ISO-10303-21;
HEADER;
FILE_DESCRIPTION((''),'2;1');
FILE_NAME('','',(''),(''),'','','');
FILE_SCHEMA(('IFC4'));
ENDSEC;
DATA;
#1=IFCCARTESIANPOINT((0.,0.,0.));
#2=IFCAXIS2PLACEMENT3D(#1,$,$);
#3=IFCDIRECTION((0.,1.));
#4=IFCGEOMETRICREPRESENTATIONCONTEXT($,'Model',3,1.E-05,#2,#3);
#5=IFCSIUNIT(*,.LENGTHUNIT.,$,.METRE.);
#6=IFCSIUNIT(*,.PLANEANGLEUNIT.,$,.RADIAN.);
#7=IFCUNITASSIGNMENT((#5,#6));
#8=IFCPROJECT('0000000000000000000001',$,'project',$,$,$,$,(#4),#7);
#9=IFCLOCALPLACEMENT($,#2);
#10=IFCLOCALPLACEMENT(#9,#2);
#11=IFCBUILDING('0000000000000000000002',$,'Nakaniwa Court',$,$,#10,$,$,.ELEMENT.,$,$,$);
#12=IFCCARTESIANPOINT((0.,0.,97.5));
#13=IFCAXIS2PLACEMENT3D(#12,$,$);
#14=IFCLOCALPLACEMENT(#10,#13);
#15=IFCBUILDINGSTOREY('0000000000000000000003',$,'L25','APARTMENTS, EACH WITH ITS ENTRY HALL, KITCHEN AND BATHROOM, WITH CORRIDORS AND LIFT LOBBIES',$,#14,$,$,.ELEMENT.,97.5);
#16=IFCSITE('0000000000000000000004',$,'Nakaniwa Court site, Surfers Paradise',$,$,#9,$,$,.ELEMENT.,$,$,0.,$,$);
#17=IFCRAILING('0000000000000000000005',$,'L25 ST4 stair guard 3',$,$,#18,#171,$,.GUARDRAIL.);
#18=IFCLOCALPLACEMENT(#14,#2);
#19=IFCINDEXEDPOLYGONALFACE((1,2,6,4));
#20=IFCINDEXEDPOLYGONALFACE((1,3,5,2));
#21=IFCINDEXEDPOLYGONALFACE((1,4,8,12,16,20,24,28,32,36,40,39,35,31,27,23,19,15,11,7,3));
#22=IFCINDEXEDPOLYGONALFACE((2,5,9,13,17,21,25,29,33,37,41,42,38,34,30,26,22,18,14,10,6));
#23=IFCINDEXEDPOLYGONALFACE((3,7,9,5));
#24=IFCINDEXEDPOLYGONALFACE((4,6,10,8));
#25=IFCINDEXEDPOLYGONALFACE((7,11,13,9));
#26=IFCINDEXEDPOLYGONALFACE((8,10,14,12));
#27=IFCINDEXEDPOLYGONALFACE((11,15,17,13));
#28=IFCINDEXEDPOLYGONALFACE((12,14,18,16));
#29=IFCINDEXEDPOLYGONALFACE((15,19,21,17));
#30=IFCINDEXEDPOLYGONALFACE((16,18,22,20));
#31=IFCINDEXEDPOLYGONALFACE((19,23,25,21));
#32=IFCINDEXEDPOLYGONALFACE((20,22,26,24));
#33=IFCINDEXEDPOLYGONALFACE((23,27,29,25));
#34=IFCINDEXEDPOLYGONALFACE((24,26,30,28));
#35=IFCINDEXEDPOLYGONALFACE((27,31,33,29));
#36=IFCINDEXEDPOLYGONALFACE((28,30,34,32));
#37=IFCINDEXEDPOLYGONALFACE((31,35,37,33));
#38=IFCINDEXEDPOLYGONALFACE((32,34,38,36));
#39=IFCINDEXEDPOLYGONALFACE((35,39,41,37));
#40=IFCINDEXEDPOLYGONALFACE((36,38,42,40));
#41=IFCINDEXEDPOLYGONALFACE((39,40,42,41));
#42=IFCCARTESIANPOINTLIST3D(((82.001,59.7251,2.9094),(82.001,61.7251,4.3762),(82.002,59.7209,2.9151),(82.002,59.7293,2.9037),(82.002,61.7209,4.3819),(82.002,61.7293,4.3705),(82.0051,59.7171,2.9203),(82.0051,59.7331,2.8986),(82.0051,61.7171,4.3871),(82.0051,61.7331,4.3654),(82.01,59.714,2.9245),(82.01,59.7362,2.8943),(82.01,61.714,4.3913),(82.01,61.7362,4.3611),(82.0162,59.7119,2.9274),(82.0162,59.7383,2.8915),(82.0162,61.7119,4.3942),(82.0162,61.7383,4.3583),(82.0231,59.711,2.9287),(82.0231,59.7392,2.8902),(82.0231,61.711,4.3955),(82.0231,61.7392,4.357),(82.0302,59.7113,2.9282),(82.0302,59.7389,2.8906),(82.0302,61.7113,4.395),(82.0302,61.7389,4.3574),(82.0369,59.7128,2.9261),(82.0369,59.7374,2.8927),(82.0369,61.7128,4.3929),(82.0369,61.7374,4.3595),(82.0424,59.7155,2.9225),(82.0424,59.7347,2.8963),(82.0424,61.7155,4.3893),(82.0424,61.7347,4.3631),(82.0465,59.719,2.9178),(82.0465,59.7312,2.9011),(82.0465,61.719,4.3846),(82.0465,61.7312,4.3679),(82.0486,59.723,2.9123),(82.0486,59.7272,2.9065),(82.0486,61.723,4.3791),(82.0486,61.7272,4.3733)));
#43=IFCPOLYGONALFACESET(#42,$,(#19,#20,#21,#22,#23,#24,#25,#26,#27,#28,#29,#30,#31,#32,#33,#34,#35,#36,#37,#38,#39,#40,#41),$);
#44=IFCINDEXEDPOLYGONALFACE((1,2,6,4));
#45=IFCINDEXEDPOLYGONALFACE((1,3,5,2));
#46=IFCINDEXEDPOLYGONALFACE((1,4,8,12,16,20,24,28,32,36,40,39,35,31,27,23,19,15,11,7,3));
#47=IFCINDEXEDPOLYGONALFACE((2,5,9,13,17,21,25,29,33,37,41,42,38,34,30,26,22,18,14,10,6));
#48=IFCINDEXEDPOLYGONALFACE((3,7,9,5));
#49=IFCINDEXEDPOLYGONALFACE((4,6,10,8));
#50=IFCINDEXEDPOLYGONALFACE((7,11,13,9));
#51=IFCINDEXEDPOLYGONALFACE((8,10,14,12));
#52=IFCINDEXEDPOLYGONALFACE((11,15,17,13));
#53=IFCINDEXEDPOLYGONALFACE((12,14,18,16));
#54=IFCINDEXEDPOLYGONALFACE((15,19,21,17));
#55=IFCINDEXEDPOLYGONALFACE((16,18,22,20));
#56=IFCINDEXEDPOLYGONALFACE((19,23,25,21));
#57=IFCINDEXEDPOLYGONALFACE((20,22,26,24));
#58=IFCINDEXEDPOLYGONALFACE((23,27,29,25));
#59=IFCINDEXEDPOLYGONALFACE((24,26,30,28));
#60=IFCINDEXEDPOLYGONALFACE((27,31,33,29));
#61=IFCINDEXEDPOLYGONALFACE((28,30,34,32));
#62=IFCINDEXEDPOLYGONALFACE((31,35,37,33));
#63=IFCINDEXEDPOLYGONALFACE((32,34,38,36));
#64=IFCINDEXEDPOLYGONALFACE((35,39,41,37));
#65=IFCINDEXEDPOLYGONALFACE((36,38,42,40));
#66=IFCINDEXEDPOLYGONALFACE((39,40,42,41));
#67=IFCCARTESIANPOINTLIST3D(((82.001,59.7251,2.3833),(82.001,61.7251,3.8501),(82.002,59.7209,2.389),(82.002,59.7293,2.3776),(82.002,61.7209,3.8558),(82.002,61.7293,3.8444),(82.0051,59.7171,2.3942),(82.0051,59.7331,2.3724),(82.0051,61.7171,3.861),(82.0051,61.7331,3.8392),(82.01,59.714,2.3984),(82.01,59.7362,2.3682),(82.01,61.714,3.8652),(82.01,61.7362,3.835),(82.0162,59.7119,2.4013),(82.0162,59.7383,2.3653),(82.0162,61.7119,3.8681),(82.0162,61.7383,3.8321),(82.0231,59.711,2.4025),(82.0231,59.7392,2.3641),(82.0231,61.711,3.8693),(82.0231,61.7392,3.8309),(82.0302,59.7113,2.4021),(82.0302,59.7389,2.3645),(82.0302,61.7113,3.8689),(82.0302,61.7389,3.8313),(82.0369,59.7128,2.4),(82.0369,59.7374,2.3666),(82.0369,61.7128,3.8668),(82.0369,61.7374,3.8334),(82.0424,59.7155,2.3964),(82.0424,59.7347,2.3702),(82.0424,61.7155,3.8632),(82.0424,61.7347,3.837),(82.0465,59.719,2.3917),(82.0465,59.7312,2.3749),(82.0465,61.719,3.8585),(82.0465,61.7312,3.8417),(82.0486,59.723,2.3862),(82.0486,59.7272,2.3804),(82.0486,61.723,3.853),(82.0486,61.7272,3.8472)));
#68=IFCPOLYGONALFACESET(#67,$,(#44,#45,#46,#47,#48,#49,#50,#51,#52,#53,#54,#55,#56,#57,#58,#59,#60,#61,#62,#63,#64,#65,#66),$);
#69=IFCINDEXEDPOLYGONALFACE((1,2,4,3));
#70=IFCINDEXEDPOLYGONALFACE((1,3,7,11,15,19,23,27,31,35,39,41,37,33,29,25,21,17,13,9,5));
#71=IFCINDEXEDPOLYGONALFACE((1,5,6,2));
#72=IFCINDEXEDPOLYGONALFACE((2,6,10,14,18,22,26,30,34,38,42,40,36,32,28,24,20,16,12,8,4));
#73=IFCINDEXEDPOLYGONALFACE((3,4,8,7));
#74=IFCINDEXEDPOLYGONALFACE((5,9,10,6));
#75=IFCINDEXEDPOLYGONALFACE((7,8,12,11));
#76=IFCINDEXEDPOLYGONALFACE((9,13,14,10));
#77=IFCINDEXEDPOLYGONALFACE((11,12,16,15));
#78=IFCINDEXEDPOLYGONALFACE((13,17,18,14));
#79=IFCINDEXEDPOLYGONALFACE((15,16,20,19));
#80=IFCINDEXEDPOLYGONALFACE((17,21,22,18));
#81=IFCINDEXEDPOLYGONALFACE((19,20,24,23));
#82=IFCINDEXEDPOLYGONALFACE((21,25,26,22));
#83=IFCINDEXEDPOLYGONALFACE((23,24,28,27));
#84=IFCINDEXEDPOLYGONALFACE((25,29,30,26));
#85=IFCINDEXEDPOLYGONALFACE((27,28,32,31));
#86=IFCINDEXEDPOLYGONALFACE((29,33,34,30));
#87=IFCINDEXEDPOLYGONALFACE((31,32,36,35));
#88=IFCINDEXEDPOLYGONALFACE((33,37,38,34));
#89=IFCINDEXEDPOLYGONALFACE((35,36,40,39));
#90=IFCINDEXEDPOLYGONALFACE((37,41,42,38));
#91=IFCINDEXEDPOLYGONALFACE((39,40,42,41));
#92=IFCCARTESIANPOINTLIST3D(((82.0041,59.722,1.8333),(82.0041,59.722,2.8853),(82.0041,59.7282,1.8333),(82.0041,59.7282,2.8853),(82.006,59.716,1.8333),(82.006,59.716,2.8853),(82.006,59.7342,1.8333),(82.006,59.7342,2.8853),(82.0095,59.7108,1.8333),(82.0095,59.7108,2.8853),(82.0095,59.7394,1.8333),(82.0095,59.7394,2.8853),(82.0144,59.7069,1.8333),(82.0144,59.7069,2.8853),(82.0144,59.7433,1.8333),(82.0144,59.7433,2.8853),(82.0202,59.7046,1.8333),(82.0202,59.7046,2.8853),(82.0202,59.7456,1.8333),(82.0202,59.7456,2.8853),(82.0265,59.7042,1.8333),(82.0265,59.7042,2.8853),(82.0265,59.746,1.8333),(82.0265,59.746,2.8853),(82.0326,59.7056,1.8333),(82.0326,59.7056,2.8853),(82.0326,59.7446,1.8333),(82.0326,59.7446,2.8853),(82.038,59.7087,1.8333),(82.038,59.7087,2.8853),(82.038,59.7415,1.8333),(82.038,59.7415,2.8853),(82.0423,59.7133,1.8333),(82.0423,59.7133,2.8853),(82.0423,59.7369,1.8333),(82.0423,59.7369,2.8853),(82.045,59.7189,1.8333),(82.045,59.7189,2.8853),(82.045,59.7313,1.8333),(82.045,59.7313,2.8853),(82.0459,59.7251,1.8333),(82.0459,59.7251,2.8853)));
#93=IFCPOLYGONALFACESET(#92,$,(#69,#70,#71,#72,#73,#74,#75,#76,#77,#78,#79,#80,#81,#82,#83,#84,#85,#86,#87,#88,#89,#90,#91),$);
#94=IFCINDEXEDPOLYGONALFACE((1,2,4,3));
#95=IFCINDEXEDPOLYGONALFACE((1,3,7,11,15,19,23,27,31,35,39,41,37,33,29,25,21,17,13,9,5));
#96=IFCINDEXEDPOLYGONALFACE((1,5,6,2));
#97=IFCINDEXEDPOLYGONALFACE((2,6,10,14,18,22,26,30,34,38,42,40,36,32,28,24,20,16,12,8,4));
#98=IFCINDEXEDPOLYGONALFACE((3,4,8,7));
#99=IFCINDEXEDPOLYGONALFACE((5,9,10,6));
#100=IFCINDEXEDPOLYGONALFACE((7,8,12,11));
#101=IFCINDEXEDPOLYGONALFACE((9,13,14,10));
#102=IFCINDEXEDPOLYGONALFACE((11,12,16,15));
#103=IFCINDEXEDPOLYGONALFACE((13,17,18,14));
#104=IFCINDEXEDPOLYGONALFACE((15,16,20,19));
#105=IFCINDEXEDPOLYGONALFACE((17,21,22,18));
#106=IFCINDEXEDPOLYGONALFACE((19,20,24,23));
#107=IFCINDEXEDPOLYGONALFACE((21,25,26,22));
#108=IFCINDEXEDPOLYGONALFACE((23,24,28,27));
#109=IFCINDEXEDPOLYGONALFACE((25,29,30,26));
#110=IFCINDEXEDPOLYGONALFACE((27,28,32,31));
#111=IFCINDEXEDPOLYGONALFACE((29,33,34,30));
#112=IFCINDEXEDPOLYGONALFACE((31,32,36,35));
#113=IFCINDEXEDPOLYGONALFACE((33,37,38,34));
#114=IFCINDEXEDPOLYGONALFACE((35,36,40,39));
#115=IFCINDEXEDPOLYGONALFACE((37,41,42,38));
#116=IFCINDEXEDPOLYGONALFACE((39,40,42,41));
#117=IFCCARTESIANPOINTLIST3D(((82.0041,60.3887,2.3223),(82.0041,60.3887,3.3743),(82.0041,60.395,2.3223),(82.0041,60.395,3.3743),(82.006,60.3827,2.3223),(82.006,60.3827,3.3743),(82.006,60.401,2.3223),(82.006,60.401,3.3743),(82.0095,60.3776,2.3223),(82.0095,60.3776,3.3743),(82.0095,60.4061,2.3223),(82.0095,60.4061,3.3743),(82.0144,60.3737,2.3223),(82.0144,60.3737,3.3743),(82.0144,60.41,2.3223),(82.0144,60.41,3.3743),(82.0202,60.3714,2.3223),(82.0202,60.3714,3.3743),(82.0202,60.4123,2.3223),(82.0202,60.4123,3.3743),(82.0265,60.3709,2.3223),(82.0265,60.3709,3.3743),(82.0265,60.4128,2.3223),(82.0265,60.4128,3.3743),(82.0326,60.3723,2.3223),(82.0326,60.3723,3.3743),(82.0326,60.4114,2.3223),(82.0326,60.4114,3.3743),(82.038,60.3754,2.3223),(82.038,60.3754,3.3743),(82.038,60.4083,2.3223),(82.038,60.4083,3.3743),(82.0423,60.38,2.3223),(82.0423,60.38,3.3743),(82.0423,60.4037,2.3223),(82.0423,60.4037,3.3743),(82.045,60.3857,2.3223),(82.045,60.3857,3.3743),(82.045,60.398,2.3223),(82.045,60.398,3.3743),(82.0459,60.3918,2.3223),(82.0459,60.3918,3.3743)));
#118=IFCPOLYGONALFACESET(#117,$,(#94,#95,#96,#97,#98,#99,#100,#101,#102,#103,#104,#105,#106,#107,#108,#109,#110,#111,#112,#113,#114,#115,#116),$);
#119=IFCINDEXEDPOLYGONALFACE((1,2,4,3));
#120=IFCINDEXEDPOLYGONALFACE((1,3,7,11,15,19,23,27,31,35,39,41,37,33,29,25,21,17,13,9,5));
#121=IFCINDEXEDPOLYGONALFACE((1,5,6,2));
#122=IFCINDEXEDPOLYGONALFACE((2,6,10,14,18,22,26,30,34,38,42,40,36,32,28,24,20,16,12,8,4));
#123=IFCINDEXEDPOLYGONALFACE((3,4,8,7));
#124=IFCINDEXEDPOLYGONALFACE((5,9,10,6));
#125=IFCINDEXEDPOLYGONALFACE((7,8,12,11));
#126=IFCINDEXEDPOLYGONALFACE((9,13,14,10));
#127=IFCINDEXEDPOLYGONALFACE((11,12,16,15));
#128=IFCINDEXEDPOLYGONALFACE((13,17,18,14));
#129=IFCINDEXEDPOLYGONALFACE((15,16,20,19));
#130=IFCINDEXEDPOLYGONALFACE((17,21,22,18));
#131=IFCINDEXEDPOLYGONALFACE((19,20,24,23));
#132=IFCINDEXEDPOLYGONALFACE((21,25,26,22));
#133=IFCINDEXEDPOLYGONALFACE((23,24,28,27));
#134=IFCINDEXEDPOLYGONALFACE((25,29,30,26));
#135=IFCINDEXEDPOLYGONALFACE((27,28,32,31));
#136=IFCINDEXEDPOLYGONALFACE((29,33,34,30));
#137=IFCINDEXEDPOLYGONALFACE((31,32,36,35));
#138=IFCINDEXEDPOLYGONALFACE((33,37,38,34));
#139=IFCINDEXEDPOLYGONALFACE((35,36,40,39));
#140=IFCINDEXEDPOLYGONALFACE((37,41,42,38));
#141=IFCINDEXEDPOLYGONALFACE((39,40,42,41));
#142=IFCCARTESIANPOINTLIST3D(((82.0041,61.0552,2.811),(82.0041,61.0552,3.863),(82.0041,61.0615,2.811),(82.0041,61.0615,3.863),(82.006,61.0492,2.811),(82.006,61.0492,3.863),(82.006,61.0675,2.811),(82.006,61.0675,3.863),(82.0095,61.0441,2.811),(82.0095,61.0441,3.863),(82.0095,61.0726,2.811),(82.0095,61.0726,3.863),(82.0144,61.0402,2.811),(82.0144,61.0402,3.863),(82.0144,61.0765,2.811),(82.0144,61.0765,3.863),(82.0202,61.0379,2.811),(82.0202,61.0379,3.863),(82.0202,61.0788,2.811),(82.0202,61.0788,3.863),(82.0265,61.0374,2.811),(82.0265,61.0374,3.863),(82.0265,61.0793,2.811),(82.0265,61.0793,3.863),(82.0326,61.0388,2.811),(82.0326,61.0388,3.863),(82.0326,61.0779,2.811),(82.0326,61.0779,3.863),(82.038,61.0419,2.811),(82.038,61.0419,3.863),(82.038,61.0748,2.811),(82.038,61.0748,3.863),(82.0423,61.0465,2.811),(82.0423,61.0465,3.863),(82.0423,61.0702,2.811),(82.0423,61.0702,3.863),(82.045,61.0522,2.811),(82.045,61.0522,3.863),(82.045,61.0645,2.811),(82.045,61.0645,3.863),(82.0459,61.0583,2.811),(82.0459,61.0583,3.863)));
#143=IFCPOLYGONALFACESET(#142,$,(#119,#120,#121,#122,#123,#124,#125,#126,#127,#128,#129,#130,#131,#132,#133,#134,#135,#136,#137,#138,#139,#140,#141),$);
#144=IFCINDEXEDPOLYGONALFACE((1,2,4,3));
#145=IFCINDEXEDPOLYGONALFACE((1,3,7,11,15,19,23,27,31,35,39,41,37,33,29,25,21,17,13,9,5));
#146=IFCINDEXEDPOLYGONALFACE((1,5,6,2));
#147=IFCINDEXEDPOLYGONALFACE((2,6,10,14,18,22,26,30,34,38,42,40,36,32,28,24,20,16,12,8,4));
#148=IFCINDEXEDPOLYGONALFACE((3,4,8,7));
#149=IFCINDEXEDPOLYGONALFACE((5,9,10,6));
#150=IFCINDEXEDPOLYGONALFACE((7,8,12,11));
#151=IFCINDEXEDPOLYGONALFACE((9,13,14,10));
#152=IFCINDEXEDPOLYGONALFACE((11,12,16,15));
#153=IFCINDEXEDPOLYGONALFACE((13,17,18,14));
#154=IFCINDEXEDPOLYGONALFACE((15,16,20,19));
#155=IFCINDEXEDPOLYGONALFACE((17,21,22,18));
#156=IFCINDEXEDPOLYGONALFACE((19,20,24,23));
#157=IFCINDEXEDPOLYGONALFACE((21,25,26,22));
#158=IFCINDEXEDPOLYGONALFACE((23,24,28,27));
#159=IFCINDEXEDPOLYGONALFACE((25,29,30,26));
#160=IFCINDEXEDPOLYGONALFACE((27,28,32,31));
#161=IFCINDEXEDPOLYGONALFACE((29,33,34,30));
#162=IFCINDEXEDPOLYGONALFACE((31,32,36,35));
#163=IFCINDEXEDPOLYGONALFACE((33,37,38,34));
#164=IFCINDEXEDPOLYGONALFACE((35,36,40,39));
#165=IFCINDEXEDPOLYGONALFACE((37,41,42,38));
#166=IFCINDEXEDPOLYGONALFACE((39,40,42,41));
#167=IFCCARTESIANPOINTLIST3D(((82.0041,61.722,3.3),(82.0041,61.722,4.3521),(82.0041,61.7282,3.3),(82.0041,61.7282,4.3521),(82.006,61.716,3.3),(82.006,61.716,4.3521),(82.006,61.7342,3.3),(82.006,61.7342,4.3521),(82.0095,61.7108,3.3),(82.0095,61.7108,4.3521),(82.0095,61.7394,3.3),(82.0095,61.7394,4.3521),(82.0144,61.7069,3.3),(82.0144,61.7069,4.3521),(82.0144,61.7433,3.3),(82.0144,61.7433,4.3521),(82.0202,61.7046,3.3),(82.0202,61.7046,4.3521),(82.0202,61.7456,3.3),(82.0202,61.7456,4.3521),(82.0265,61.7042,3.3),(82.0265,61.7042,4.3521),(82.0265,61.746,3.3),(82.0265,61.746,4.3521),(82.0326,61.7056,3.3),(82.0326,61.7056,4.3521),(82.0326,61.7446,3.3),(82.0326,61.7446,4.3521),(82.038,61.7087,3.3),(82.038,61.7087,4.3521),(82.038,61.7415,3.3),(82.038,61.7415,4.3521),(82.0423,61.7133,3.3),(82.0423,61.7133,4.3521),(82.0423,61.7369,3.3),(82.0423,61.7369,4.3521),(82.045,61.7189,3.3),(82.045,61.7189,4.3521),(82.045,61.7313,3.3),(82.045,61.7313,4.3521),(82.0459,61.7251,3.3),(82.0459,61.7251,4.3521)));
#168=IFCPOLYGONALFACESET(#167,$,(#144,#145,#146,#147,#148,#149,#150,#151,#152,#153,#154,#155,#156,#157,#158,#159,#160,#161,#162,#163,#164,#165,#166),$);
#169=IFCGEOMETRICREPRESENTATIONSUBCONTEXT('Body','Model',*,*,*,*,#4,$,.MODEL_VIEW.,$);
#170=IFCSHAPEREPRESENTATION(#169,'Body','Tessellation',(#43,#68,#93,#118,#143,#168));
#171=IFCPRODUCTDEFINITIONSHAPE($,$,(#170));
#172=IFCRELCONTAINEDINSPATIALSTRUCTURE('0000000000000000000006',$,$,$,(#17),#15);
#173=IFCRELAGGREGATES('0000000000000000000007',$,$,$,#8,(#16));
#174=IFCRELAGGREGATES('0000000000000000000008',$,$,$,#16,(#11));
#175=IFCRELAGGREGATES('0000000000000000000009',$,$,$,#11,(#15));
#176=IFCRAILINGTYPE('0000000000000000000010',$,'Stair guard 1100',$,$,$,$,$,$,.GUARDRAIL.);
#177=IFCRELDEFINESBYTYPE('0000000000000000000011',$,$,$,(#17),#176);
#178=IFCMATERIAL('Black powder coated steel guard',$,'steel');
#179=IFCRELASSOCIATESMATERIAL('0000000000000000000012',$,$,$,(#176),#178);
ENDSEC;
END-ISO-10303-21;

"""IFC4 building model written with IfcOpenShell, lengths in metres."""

from ifc_helpers import new_model, si_unit, direction, frame, origin, origin_2d, place, context, subcontext, project, spatial, circle, extrude, material, type_object, element, save


model = new_model("IFC4")

# Units and contexts
model_context = context("Model", 3, precision=1e-05, world=origin(), true_north=direction((0.0, 1.0)))
body_context = subcontext(model_context, "Body", "Model", "MODEL_VIEW")
ifc_project = project(units=[si_unit("LENGTHUNIT", "METRE"), si_unit("PLANEANGLEUNIT", "RADIAN")], contexts=[model_context])

# Site, building, storey
site_placement = place(None, origin())
site = spatial("IfcSite", under=ifc_project, at=site_placement, Name="Nakaniwa Court site, Surfers Paradise", CompositionType="ELEMENT", RefElevation=0.0)
building_placement = place(site_placement, origin())
building = spatial("IfcBuilding", under=site, at=building_placement, Name="Nakaniwa Court", CompositionType="ELEMENT")
storey_placement = place(building_placement, frame((0.0, 0.0, 97.5)))
storey = spatial("IfcBuildingStorey", under=building, at=storey_placement, Name="L25", Description="APARTMENTS, EACH WITH ITS ENTRY HALL, KITCHEN AND BATHROOM, WITH CORRIDORS AND LIFT LOBBIES", CompositionType="ELEMENT", Elevation=97.5)

# Railing
ifc_material_1 = material(Name="Black powder coated steel guard", Category="steel")
railing_type_1 = type_object("IfcRailingType", Name="Stair guard 1100", PredefinedType="GUARDRAIL", material=ifc_material_1)
railing_1_placement = place(storey_placement, frame((82.0249, 59.7251, 1.8333)))
element("IfcRailing", 1, at=railing_1_placement, inside=storey, type_object=railing_type_1, Name="L25 ST4 stair guard 3", PredefinedType="GUARDRAIL", context=body_context, shape_type="SweptSolid", body=[
    extrude(circle(Radius=0.0239, at=origin_2d()), frame((0.0, 0.0, 1.0762), z_axis=(0.0, 0.80638, 0.591398), x_axis=(-1.0, 0.0, 0.0)), (0.0, 0.0, 1.0), 2.4802),
    extrude(circle(Radius=0.0239, at=origin_2d()), frame((0.0, 0.0, 0.55), z_axis=(0.0, 0.80638, 0.591398), x_axis=(-1.0, 0.0, 0.0)), (0.0, 0.0, 1.0), 2.4802),
    extrude(circle(Radius=0.021, at=origin_2d()), origin(), (0.0, 0.0, 1.0), 1.052),
    extrude(circle(Radius=0.021, at=origin_2d()), frame((0.0, 0.6667, 0.489)), (0.0, 0.0, 1.0), 1.052),
    extrude(circle(Radius=0.021, at=origin_2d()), frame((0.0, 1.3333, 0.9778)), (0.0, 0.0, 1.0), 1.052),
    extrude(circle(Radius=0.021, at=origin_2d()), frame((0.0, 2.0, 1.4668)), (0.0, 0.0, 1.0), 1.052),
])

save(model, "model.ifc")
